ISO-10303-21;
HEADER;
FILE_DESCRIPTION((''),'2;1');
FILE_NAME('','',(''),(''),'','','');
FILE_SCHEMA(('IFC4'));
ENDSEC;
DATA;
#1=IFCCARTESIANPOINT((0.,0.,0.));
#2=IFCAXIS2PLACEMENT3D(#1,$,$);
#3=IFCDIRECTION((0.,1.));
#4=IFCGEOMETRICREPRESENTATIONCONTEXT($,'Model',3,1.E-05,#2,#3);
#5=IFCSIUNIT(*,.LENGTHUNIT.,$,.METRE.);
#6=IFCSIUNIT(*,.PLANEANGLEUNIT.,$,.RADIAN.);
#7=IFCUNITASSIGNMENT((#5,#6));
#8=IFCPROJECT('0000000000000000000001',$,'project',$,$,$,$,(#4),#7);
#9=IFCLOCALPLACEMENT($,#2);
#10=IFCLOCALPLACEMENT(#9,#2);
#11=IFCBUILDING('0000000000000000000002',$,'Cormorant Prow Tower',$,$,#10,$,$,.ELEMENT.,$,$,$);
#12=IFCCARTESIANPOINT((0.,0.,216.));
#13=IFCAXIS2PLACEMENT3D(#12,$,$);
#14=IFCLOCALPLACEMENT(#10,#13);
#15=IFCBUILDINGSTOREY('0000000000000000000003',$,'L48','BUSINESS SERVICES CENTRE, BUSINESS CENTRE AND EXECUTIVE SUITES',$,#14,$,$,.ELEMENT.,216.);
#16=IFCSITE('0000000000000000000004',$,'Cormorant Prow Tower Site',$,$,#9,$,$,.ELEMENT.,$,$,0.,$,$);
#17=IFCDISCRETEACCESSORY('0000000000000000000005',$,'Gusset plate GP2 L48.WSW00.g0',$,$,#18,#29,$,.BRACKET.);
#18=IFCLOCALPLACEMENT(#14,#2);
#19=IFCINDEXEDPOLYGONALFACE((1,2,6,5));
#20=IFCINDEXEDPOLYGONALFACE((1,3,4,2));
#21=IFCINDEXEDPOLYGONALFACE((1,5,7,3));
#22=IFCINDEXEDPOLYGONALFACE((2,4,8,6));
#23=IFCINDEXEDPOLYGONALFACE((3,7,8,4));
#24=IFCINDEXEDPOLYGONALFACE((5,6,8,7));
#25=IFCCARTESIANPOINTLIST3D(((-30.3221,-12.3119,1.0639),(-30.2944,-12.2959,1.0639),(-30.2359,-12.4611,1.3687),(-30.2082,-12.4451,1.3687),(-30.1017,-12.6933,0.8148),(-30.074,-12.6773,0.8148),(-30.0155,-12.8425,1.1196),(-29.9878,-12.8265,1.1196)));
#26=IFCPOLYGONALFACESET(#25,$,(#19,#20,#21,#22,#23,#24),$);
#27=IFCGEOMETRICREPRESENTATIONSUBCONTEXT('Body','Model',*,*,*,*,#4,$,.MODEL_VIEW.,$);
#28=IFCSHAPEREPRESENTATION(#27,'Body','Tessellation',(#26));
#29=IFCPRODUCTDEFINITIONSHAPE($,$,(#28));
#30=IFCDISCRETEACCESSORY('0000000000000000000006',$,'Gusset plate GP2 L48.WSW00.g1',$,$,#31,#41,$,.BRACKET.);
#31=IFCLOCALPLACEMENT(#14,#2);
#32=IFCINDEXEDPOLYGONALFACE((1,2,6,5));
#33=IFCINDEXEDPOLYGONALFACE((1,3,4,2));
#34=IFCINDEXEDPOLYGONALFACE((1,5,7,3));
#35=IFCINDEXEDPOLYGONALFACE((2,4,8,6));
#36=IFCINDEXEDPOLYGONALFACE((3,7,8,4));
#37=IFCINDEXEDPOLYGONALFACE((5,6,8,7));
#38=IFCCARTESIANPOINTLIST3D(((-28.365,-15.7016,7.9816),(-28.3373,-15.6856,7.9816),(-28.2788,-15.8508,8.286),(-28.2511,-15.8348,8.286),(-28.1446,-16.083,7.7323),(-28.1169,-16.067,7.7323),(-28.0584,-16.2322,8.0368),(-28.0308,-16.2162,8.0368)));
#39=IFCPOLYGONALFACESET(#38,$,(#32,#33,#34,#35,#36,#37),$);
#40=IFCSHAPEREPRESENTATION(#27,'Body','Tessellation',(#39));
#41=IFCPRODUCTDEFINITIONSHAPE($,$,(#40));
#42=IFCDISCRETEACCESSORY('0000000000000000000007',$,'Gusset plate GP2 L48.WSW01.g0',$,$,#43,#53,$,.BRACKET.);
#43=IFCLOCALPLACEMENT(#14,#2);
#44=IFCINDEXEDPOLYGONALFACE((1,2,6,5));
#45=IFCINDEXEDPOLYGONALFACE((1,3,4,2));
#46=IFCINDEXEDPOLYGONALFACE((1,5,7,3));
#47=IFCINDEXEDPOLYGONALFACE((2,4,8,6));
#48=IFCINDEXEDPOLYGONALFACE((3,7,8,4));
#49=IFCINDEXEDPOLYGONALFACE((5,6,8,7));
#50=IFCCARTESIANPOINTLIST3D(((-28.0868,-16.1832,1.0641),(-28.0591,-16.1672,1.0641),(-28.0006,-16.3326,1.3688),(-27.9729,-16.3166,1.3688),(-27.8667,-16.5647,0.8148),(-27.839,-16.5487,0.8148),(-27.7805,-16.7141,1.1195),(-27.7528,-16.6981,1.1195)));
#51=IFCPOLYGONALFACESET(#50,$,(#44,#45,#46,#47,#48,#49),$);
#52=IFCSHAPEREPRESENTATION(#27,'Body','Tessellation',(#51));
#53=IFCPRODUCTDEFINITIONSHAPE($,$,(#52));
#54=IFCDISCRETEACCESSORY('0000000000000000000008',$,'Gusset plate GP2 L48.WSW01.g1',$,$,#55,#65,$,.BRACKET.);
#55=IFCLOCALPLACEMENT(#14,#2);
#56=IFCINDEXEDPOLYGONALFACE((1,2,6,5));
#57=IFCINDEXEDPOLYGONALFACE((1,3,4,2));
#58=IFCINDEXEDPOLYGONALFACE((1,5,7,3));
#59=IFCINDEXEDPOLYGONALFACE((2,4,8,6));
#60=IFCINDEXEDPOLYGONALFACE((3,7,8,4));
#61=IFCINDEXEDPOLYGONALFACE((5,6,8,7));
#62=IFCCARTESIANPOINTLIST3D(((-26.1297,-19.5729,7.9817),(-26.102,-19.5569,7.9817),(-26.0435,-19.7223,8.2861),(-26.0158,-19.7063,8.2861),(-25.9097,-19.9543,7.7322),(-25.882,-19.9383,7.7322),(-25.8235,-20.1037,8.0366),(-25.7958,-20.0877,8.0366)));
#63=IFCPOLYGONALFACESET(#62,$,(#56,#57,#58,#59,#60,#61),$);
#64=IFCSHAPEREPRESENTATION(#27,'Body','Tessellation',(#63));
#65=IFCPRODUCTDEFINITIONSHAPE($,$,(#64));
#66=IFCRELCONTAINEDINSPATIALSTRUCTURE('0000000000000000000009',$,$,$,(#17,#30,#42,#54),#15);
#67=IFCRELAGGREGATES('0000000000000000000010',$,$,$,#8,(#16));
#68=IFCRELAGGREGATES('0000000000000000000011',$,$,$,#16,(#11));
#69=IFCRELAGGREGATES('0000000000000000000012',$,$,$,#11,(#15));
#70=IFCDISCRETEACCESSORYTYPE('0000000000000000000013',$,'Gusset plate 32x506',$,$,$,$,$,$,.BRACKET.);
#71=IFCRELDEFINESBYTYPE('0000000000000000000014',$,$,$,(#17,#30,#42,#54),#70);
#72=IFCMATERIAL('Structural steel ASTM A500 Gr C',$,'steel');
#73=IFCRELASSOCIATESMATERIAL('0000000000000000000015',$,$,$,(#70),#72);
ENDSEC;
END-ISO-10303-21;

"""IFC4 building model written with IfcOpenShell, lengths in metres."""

from ifc_helpers import new_model, si_unit, direction, frame, origin, origin_2d, place, context, subcontext, project, spatial, rectangle, extrude, material, material_profile, profile_set, type_object, element, save


model = new_model("IFC4")

# Units and contexts
model_context = context("Model", 3, precision=1e-05, world=origin(), true_north=direction((0.0, 1.0)))
body_context = subcontext(model_context, "Body", "Model", "MODEL_VIEW")
ifc_project = project(units=[si_unit("LENGTHUNIT", "METRE"), si_unit("PLANEANGLEUNIT", "RADIAN")], contexts=[model_context])

# Site, building, storey
site_placement = place(None, origin())
site = spatial("IfcSite", under=ifc_project, at=site_placement, Name="Cormorant Prow Tower Site", CompositionType="ELEMENT", RefElevation=0.0)
building_placement = place(site_placement, origin())
building = spatial("IfcBuilding", under=site, at=building_placement, Name="Cormorant Prow Tower", CompositionType="ELEMENT")
storey_placement = place(building_placement, frame((0.0, 0.0, 216.0)))
storey = spatial("IfcBuildingStorey", under=building, at=storey_placement, Name="L48", Description="BUSINESS SERVICES CENTRE, BUSINESS CENTRE AND EXECUTIVE SUITES", CompositionType="ELEMENT", Elevation=216.0)

# Discrete accessories
ifc_material_1 = material(Name="Structural steel ASTM A500 Gr C", Category="steel")
ifc_material_profile_1 = material_profile(ifc_material_1, rectangle(XDim=0.032, YDim=0.5061, at=origin_2d()), Name="Gusset plate 32x506")
ifc_profile_set_1 = profile_set([ifc_material_profile_1], Name="Structural steel ASTM A500 Gr C")
discrete_accessory_type = type_object("IfcDiscreteAccessoryType", Name="Gusset plate 32x506", PredefinedType="BRACKET", material=ifc_profile_set_1)
discrete_accessory_1_placement = place(storey_placement, frame((-30.1118, -12.6438, 1.2441), z_axis=(-0.24622, 0.426176, -0.870488), x_axis=(-0.865879, -0.500254, 0.0)))
element("IfcDiscreteAccessory", 1, at=discrete_accessory_1_placement, inside=storey, type_object=discrete_accessory_type, Name="Gusset plate GP2 L48.WSW00.g0", PredefinedType="BRACKET", context=body_context, shape_type="SweptSolid", body=[
    extrude(rectangle(XDim=0.032, YDim=0.5061, at=origin_2d()), origin(), (0.0, 0.0, 1.0), 0.3501),
])
discrete_accessory_2_placement = place(storey_placement, frame((-28.241, -15.8843, 7.8569), z_axis=(0.246369, -0.426435, 0.870319), x_axis=(0.865879, 0.500254, 0.0)))
element("IfcDiscreteAccessory", 2, at=discrete_accessory_2_placement, inside=storey, type_object=discrete_accessory_type, Name="Gusset plate GP2 L48.WSW00.g1", PredefinedType="BRACKET", context=body_context, shape_type="SweptSolid", body=[
    extrude(rectangle(XDim=0.032, YDim=0.5061, at=origin_2d()), origin(), (0.0, 0.0, 1.0), 0.3499),
])
discrete_accessory_3_placement = place(storey_placement, frame((-27.8767, -16.5154, 1.2441), z_axis=(-0.246147, 0.426747, -0.870229), x_axis=(-0.866233, -0.499641, 0.0)))
element("IfcDiscreteAccessory", 3, at=discrete_accessory_3_placement, inside=storey, type_object=discrete_accessory_type, Name="Gusset plate GP2 L48.WSW01.g0", PredefinedType="BRACKET", context=body_context, shape_type="SweptSolid", body=[
    extrude(rectangle(XDim=0.032, YDim=0.5061, at=origin_2d()), origin(), (0.0, 0.0, 1.0), 0.3501),
])
discrete_accessory_4_placement = place(storey_placement, frame((-26.0059, -19.7556, 7.8569), z_axis=(0.246296, -0.427006, 0.87006), x_axis=(0.866233, 0.499641, 0.0)))
element("IfcDiscreteAccessory", 4, at=discrete_accessory_4_placement, inside=storey, type_object=discrete_accessory_type, Name="Gusset plate GP2 L48.WSW01.g1", PredefinedType="BRACKET", context=body_context, shape_type="SweptSolid", body=[
    extrude(rectangle(XDim=0.032, YDim=0.5061, at=origin_2d()), origin(), (0.0, 0.0, 1.0), 0.3499),
])

save(model, "model.ifc")
